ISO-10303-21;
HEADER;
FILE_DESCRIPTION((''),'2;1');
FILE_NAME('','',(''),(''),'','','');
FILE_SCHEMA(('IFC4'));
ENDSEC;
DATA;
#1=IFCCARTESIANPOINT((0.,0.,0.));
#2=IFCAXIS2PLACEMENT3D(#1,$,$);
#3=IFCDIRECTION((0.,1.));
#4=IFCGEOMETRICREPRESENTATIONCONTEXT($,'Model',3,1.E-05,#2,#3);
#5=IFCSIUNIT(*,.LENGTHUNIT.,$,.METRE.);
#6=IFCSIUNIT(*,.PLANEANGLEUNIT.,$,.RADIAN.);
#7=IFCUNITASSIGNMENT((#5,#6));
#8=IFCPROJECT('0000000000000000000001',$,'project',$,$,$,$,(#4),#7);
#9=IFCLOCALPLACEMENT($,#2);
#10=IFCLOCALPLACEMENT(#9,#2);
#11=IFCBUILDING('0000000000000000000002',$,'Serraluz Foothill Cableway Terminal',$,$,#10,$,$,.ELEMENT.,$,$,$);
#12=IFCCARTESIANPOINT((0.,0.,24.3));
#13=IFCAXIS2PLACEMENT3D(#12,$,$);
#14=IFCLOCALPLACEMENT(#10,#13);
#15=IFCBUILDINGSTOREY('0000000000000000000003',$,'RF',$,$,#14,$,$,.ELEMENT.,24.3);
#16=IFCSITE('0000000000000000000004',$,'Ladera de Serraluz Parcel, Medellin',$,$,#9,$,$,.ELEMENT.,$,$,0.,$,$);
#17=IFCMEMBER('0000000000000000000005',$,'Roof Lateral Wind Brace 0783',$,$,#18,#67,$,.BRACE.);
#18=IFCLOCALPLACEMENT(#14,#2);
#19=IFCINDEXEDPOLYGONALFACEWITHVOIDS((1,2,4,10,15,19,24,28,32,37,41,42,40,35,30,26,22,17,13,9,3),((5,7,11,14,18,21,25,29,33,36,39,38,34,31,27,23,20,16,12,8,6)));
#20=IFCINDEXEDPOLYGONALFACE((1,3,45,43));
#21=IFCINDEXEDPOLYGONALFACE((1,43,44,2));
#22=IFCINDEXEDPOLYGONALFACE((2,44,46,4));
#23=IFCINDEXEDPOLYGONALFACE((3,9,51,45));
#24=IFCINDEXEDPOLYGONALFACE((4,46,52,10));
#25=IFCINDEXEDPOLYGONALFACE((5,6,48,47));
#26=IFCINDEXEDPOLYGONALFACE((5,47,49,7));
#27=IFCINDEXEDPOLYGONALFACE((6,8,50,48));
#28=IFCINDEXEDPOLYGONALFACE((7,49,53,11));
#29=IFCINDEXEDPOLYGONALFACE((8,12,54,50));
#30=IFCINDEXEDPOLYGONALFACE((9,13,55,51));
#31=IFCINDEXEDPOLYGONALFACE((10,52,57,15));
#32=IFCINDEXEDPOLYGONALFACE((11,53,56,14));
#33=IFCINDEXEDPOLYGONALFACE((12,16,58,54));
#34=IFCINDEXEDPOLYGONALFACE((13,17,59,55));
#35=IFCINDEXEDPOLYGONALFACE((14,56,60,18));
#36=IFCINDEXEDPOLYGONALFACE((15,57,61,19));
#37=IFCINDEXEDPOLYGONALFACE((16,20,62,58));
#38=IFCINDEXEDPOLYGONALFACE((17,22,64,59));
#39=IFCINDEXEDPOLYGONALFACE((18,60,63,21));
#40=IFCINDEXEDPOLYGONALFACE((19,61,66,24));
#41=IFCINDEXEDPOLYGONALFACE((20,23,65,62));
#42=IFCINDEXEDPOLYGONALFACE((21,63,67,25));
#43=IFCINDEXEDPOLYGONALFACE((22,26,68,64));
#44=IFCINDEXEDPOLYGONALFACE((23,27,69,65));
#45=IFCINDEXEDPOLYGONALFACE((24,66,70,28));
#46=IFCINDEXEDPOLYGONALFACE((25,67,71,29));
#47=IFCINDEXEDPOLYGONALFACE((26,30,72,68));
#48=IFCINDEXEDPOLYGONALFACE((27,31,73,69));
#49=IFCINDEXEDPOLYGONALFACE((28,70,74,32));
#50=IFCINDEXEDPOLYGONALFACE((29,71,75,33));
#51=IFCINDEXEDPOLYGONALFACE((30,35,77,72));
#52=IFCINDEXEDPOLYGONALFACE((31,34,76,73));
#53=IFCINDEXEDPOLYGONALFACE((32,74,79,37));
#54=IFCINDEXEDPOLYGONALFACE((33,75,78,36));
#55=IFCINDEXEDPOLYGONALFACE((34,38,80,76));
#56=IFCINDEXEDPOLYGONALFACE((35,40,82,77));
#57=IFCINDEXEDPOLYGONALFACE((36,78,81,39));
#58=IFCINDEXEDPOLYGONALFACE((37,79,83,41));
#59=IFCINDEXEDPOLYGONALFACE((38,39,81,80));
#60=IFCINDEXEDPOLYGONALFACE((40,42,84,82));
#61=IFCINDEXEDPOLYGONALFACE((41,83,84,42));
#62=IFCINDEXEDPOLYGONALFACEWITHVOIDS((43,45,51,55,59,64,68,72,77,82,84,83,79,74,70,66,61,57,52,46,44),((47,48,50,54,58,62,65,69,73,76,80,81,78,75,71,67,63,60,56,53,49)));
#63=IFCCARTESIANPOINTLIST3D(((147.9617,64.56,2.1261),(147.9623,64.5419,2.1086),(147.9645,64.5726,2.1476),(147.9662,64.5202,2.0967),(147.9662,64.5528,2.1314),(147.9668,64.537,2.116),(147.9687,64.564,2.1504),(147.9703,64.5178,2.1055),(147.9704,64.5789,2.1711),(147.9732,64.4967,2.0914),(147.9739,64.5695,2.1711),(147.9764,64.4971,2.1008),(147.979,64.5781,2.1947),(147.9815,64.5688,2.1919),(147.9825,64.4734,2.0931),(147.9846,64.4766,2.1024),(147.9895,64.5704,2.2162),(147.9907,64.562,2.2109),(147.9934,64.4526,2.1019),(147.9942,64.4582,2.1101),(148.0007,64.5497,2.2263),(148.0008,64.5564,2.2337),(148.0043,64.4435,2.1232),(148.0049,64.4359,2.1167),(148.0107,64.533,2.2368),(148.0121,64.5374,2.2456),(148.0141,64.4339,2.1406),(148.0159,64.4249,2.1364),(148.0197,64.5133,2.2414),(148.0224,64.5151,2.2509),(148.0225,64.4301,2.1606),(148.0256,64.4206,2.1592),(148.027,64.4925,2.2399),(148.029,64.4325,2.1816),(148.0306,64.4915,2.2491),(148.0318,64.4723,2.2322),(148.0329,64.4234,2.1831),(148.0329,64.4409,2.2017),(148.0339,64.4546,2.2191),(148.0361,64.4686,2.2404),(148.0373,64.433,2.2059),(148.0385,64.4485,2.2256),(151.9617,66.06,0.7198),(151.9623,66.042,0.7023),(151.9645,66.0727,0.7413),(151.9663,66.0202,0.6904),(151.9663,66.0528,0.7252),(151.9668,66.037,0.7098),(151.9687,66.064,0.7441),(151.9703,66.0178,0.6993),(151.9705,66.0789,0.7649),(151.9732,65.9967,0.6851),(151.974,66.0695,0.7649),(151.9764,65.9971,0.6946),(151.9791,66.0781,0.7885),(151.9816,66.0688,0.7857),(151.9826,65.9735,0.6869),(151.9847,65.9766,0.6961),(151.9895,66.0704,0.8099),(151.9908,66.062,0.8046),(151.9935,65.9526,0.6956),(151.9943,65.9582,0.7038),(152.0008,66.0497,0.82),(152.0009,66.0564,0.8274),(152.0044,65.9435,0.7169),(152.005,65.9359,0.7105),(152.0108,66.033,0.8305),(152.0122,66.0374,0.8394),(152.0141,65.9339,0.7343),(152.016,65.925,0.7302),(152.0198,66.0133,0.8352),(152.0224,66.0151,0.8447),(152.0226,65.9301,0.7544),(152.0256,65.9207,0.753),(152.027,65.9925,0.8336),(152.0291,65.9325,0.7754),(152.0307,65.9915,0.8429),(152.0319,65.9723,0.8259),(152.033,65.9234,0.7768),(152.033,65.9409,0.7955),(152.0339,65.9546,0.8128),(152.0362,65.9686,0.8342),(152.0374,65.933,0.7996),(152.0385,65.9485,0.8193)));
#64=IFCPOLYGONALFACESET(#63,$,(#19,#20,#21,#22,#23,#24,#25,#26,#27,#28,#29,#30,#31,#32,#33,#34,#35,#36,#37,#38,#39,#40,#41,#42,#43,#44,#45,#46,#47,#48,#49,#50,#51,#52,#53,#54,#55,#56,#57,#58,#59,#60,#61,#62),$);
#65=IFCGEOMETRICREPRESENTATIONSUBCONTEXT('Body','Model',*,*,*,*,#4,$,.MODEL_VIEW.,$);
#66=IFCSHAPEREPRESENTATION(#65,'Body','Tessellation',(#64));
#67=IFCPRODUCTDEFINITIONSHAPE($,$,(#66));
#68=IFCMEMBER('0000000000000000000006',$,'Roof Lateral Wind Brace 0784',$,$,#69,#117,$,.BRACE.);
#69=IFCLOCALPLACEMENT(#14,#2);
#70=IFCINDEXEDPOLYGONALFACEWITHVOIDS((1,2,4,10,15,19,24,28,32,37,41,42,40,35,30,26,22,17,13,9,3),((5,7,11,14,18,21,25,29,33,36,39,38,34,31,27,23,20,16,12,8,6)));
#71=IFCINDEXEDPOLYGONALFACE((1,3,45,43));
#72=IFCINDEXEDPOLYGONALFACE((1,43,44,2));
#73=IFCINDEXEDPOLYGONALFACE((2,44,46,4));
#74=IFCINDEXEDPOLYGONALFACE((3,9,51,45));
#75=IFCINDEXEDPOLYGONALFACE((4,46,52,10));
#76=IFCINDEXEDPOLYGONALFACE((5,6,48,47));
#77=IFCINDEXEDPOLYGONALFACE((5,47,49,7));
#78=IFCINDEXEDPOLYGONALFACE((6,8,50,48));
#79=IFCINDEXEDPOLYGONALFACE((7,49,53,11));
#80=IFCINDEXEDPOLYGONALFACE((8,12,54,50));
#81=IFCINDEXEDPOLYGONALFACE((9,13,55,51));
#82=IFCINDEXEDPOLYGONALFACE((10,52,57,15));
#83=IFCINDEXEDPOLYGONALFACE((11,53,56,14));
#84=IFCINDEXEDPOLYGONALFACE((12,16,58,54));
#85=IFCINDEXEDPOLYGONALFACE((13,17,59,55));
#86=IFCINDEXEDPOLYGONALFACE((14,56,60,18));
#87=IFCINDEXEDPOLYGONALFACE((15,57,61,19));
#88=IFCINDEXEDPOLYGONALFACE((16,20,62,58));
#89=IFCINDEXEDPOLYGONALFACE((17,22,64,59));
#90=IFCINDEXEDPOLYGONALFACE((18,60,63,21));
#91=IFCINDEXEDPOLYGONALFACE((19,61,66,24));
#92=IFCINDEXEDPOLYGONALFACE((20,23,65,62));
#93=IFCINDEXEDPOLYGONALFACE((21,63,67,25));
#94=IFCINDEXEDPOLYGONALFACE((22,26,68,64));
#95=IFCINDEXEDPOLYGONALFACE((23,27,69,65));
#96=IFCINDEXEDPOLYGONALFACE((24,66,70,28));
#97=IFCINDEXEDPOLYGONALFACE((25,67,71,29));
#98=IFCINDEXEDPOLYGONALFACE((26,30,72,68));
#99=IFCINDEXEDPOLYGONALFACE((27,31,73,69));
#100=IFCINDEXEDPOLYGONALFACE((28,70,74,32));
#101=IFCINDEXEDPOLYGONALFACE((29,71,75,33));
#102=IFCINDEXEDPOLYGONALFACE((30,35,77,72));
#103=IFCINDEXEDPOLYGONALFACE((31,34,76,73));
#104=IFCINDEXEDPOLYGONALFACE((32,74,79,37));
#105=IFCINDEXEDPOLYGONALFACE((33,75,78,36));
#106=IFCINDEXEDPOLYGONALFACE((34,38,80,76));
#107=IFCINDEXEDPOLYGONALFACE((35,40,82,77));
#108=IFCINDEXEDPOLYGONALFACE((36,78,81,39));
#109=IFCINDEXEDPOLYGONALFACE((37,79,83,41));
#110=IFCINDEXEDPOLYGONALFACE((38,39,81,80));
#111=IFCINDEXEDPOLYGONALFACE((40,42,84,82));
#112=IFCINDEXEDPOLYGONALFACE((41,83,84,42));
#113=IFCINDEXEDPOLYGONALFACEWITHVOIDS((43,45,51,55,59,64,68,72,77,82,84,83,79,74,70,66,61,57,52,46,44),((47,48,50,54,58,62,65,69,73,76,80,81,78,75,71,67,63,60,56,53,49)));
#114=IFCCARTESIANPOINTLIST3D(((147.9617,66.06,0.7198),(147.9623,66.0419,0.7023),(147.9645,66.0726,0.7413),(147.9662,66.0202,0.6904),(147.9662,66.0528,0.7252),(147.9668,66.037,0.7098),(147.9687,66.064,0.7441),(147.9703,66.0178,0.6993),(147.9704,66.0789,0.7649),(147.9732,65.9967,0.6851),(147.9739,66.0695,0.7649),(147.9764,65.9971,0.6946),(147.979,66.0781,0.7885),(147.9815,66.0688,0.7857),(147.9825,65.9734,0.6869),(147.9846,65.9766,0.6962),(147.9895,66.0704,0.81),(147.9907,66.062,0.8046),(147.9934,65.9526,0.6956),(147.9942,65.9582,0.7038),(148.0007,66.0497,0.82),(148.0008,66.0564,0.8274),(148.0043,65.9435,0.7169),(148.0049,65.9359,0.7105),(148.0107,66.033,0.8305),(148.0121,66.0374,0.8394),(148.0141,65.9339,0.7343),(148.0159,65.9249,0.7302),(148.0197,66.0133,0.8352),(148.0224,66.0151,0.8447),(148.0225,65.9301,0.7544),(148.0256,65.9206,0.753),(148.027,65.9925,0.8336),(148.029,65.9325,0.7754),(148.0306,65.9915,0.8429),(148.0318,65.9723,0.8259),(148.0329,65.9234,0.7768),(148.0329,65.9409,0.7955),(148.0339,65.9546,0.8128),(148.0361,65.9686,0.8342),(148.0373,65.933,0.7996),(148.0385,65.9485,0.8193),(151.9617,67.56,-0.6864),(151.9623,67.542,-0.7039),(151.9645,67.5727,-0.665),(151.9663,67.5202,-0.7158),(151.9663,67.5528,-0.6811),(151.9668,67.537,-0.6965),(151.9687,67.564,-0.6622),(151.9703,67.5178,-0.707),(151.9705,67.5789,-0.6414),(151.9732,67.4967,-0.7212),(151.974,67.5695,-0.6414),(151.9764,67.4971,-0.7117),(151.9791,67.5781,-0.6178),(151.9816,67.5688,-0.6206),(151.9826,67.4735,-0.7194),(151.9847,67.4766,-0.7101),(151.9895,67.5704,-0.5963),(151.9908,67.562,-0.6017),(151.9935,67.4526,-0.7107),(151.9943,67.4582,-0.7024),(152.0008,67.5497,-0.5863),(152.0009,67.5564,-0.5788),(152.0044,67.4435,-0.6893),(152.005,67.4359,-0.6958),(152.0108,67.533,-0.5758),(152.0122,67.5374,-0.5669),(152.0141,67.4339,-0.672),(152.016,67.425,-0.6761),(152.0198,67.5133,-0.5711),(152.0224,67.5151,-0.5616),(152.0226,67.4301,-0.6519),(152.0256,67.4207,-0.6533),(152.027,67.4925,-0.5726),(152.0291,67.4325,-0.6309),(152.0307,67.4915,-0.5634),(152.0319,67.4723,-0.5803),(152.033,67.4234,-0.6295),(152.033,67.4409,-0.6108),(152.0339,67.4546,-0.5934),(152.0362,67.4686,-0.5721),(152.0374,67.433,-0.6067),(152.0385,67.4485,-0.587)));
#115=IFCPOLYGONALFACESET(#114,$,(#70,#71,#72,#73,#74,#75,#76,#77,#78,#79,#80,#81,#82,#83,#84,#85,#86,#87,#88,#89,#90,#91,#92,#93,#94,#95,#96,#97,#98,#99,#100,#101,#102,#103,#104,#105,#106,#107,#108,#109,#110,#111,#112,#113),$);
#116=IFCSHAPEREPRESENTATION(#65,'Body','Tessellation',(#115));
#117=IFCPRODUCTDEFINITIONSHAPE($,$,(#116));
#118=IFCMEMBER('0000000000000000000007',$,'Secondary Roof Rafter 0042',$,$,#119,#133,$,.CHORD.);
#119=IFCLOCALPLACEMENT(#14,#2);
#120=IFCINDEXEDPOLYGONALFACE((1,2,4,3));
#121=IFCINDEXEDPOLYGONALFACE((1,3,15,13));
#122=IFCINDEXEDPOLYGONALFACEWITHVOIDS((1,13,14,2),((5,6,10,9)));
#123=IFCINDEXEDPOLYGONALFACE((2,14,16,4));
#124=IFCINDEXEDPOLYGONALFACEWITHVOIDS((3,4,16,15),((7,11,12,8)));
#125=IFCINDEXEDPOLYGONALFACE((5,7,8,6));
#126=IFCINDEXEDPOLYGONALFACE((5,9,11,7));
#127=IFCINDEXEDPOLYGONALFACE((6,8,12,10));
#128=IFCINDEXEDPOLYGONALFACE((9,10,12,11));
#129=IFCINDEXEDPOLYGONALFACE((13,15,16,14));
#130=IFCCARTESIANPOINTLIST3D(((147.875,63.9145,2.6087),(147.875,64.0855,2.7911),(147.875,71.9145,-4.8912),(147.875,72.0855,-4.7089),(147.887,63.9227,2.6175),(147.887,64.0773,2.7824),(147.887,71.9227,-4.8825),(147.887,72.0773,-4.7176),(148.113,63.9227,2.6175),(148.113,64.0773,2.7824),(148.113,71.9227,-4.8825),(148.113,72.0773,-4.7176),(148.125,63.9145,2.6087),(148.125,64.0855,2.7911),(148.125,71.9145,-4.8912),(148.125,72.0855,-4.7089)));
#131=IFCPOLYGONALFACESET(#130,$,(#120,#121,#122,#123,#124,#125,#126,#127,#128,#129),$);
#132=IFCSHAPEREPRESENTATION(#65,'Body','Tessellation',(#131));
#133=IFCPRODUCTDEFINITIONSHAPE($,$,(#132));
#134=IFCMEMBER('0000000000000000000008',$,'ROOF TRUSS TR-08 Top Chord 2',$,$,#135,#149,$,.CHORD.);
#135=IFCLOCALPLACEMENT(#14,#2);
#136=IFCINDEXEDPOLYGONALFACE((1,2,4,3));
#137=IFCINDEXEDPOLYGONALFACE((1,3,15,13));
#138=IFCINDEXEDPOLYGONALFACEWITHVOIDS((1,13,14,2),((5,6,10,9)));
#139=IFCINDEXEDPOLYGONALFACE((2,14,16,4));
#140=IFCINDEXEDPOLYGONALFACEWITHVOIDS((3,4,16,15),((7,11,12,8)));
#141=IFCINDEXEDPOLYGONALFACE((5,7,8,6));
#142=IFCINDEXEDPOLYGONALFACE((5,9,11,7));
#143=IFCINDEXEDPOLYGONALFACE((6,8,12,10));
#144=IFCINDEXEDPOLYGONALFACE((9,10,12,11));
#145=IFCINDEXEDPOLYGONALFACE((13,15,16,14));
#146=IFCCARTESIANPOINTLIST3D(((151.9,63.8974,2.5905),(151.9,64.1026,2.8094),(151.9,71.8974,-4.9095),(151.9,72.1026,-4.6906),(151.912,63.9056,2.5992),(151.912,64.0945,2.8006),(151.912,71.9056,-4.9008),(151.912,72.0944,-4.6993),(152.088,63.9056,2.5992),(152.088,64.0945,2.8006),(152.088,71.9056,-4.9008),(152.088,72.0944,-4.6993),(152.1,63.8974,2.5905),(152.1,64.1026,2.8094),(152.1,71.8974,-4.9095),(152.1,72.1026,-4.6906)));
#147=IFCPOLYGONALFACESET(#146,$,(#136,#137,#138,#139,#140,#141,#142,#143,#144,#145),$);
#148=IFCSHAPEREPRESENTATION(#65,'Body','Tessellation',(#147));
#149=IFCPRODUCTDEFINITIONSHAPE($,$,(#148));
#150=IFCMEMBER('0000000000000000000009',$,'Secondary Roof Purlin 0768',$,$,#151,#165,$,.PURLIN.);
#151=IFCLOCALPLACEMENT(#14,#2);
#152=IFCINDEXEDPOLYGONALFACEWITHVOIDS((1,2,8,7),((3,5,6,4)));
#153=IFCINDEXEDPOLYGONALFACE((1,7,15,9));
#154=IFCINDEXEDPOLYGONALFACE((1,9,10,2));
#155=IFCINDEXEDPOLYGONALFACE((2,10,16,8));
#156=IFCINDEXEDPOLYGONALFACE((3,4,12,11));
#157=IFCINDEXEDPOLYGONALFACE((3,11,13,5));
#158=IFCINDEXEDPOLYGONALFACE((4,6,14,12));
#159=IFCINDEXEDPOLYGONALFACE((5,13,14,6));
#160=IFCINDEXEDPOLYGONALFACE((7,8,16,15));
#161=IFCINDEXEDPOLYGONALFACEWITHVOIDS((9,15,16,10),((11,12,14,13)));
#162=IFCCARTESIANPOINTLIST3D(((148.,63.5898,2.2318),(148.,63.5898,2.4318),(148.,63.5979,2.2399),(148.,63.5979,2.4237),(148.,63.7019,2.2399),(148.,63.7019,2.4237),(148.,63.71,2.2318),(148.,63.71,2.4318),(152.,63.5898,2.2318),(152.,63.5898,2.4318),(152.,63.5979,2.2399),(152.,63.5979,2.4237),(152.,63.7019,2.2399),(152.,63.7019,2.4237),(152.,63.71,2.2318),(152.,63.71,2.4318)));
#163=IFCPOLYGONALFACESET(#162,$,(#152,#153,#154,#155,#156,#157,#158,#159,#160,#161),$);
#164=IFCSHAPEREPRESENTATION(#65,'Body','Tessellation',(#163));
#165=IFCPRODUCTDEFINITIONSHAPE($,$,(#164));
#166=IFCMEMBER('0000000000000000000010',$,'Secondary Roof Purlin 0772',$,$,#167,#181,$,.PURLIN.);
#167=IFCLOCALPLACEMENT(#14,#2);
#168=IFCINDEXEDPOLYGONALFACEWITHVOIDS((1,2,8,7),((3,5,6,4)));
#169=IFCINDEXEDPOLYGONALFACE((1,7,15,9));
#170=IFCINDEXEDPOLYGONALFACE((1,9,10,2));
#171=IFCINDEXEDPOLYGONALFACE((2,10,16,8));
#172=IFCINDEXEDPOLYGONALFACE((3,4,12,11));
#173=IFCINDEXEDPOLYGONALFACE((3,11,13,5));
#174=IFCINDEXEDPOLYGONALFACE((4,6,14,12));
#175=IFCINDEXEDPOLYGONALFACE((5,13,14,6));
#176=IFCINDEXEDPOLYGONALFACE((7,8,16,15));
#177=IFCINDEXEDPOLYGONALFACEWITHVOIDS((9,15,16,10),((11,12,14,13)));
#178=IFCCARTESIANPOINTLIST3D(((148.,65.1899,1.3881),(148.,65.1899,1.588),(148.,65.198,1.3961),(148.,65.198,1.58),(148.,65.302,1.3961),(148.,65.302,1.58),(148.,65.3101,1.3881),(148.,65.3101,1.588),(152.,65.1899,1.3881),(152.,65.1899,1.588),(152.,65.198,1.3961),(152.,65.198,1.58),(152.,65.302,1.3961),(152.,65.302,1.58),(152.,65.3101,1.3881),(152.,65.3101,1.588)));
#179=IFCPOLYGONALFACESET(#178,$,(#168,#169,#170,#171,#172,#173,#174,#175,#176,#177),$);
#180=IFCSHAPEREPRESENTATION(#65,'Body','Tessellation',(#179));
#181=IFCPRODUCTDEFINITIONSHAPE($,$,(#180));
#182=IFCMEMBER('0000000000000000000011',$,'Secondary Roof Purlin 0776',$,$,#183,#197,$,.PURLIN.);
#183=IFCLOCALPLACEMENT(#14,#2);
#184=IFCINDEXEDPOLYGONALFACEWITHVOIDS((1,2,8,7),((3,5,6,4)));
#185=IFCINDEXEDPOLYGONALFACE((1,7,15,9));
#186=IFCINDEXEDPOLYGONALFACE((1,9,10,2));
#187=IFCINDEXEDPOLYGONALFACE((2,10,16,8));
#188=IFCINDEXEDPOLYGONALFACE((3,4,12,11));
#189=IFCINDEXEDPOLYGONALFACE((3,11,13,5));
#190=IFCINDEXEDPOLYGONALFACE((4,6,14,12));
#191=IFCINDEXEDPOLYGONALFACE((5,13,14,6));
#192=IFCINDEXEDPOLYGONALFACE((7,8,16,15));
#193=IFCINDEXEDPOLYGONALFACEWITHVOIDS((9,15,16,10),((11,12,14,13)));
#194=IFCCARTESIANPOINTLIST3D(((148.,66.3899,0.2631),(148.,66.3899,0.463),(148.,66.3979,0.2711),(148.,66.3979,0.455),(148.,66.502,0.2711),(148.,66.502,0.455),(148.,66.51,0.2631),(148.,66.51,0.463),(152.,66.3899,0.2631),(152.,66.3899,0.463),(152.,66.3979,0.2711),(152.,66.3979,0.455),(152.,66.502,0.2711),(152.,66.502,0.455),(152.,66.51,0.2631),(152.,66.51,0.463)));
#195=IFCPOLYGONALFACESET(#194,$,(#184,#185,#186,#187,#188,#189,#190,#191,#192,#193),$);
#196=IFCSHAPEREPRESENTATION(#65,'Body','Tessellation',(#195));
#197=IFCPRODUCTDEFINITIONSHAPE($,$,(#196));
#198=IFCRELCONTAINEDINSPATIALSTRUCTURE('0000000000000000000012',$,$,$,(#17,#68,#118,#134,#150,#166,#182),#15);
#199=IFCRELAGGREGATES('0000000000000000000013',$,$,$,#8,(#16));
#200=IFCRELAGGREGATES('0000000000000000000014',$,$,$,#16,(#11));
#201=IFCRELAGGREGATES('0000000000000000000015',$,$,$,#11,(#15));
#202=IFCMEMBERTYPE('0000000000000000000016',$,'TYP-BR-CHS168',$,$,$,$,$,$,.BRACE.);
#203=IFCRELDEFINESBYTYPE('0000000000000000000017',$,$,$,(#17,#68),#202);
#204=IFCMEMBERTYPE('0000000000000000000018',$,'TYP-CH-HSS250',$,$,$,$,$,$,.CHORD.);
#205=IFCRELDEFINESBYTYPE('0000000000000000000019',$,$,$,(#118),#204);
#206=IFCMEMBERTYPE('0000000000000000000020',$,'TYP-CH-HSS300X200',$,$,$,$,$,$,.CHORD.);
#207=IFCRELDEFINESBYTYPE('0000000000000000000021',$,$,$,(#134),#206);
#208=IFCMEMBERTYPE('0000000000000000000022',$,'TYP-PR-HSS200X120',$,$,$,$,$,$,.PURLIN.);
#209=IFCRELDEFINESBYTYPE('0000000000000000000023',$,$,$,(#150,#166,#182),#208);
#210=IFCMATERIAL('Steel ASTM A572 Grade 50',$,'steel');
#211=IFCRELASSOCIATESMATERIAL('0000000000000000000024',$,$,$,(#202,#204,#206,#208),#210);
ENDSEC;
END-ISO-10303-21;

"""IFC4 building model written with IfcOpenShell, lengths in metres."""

from ifc_helpers import new_model, si_unit, direction, frame, origin, origin_2d, place, context, subcontext, project, spatial, hollow_rectangle, hollow_circle, extrude, material, material_profile, profile_set, type_object, element, save


model = new_model("IFC4")

# Units and contexts
model_context = context("Model", 3, precision=1e-05, world=origin(), true_north=direction((0.0, 1.0)))
body_context = subcontext(model_context, "Body", "Model", "MODEL_VIEW")
ifc_project = project(units=[si_unit("LENGTHUNIT", "METRE"), si_unit("PLANEANGLEUNIT", "RADIAN")], contexts=[model_context])

# Site, building, storey
site_placement = place(None, origin())
site = spatial("IfcSite", under=ifc_project, at=site_placement, Name="Ladera de Serraluz Parcel, Medellin", CompositionType="ELEMENT", RefElevation=0.0)
building_placement = place(site_placement, origin())
building = spatial("IfcBuilding", under=site, at=building_placement, Name="Serraluz Foothill Cableway Terminal", CompositionType="ELEMENT")
storey_placement = place(building_placement, frame((0.0, 0.0, 24.3)))
storey = spatial("IfcBuildingStorey", under=building, at=storey_placement, Name="RF", CompositionType="ELEMENT", Elevation=24.3)

# Members
ifc_material_1 = material(Name="Steel ASTM A572 Grade 50", Category="steel")
ifc_material_profile_1 = material_profile(ifc_material_1, hollow_circle(Radius=0.0842, WallThickness=0.01, at=origin_2d()), Name="CHS168X10")
ifc_profile_set_1 = profile_set([ifc_material_profile_1], Name="Steel ASTM A572 Grade 50")
member_type_1 = type_object("IfcMemberType", Name="TYP-BR-CHS168", PredefinedType="BRACE", material=ifc_profile_set_1)
for number, where, z_axis, x_axis, name in (
    (1, (148.0, 64.5, 2.1711), (0.889382, 0.333518, -0.312673), (-0.351123, 0.936329, 0.0), "Roof Lateral Wind Brace 0783"),
    (2, (148.0, 66.0, 0.7649), (0.889382, 0.333518, -0.312673), (-0.351123, 0.936329, 0.0), "Roof Lateral Wind Brace 0784"),
):
    element("IfcMember", number, at=place(storey_placement, frame(where, z_axis=z_axis, x_axis=x_axis)), inside=storey, type_object=member_type_1, Name=name, PredefinedType="BRACE", context=body_context, shape_type="SweptSolid", body=[
        extrude(hollow_circle(Radius=0.0842, WallThickness=0.01, at=origin_2d()), origin(), (0.0, 0.0, 1.0), 4.4976),
    ])
ifc_material_profile_2 = material_profile(ifc_material_1, hollow_rectangle(XDim=0.25, YDim=0.25, WallThickness=0.012, at=origin_2d()), Name="HSS250X250X12")
ifc_profile_set_2 = profile_set([ifc_material_profile_2], Name="Steel ASTM A572 Grade 50")
member_type_2 = type_object("IfcMemberType", Name="TYP-CH-HSS250", PredefinedType="CHORD", material=ifc_profile_set_2)
member_1_placement = place(storey_placement, frame((148.0, 72.0, -4.8), z_axis=(0.0, -0.729537, 0.683941), x_axis=(1.0, 0.0, 0.0)))
element("IfcMember", 3, at=member_1_placement, inside=storey, type_object=member_type_2, Name="Secondary Roof Rafter 0042", PredefinedType="CHORD", context=body_context, shape_type="SweptSolid", body=[
    extrude(hollow_rectangle(XDim=0.25, YDim=0.25, WallThickness=0.012, at=origin_2d()), origin(), (0.0, 0.0, 1.0), 10.9658),
])
ifc_material_profile_3 = material_profile(ifc_material_1, hollow_rectangle(XDim=0.2, YDim=0.3, WallThickness=0.012, at=origin_2d()), Name="HSS300X200X12")
ifc_profile_set_3 = profile_set([ifc_material_profile_3], Name="Steel ASTM A572 Grade 50")
member_type_3 = type_object("IfcMemberType", Name="TYP-CH-HSS300X200", PredefinedType="CHORD", material=ifc_profile_set_3)
member_2_placement = place(storey_placement, frame((152.0, 72.0, -4.8), z_axis=(0.0, -0.729537, 0.683941), x_axis=(1.0, 0.0, 0.0)))
element("IfcMember", 4, at=member_2_placement, inside=storey, type_object=member_type_3, Name="ROOF TRUSS TR-08 Top Chord 2", PredefinedType="CHORD", context=body_context, shape_type="SweptSolid", body=[
    extrude(hollow_rectangle(XDim=0.2, YDim=0.3, WallThickness=0.012, at=origin_2d()), origin(), (0.0, 0.0, 1.0), 10.9658),
])
ifc_material_profile_4 = material_profile(ifc_material_1, hollow_rectangle(XDim=0.1201, YDim=0.2, WallThickness=0.0081, at=origin_2d()), Name="HSS200X120X8")
ifc_profile_set_4 = profile_set([ifc_material_profile_4], Name="Steel ASTM A572 Grade 50")
member_type_4 = type_object("IfcMemberType", Name="TYP-PR-HSS200X120", PredefinedType="PURLIN", material=ifc_profile_set_4)
for number, where, z_axis, x_axis, name in (
    (5, (148.0, 63.6499, 2.3318), (1.0, 0.0, 0.0), (0.0, 1.0, 0.0), "Secondary Roof Purlin 0768"),
    (6, (148.0, 65.25, 1.488), (1.0, 0.0, 0.0), (0.0, 1.0, 0.0), "Secondary Roof Purlin 0772"),
    (7, (148.0, 66.45, 0.363), (1.0, 0.0, 0.0), (0.0, 1.0, 0.0), "Secondary Roof Purlin 0776"),
):
    element("IfcMember", number, at=place(storey_placement, frame(where, z_axis=z_axis, x_axis=x_axis)), inside=storey, type_object=member_type_4, Name=name, PredefinedType="PURLIN", context=body_context, shape_type="SweptSolid", body=[
        extrude(hollow_rectangle(XDim=0.1201, YDim=0.2, WallThickness=0.0081, at=origin_2d()), origin(), (0.0, 0.0, 1.0), 4.0),
    ])

save(model, "model.ifc")
